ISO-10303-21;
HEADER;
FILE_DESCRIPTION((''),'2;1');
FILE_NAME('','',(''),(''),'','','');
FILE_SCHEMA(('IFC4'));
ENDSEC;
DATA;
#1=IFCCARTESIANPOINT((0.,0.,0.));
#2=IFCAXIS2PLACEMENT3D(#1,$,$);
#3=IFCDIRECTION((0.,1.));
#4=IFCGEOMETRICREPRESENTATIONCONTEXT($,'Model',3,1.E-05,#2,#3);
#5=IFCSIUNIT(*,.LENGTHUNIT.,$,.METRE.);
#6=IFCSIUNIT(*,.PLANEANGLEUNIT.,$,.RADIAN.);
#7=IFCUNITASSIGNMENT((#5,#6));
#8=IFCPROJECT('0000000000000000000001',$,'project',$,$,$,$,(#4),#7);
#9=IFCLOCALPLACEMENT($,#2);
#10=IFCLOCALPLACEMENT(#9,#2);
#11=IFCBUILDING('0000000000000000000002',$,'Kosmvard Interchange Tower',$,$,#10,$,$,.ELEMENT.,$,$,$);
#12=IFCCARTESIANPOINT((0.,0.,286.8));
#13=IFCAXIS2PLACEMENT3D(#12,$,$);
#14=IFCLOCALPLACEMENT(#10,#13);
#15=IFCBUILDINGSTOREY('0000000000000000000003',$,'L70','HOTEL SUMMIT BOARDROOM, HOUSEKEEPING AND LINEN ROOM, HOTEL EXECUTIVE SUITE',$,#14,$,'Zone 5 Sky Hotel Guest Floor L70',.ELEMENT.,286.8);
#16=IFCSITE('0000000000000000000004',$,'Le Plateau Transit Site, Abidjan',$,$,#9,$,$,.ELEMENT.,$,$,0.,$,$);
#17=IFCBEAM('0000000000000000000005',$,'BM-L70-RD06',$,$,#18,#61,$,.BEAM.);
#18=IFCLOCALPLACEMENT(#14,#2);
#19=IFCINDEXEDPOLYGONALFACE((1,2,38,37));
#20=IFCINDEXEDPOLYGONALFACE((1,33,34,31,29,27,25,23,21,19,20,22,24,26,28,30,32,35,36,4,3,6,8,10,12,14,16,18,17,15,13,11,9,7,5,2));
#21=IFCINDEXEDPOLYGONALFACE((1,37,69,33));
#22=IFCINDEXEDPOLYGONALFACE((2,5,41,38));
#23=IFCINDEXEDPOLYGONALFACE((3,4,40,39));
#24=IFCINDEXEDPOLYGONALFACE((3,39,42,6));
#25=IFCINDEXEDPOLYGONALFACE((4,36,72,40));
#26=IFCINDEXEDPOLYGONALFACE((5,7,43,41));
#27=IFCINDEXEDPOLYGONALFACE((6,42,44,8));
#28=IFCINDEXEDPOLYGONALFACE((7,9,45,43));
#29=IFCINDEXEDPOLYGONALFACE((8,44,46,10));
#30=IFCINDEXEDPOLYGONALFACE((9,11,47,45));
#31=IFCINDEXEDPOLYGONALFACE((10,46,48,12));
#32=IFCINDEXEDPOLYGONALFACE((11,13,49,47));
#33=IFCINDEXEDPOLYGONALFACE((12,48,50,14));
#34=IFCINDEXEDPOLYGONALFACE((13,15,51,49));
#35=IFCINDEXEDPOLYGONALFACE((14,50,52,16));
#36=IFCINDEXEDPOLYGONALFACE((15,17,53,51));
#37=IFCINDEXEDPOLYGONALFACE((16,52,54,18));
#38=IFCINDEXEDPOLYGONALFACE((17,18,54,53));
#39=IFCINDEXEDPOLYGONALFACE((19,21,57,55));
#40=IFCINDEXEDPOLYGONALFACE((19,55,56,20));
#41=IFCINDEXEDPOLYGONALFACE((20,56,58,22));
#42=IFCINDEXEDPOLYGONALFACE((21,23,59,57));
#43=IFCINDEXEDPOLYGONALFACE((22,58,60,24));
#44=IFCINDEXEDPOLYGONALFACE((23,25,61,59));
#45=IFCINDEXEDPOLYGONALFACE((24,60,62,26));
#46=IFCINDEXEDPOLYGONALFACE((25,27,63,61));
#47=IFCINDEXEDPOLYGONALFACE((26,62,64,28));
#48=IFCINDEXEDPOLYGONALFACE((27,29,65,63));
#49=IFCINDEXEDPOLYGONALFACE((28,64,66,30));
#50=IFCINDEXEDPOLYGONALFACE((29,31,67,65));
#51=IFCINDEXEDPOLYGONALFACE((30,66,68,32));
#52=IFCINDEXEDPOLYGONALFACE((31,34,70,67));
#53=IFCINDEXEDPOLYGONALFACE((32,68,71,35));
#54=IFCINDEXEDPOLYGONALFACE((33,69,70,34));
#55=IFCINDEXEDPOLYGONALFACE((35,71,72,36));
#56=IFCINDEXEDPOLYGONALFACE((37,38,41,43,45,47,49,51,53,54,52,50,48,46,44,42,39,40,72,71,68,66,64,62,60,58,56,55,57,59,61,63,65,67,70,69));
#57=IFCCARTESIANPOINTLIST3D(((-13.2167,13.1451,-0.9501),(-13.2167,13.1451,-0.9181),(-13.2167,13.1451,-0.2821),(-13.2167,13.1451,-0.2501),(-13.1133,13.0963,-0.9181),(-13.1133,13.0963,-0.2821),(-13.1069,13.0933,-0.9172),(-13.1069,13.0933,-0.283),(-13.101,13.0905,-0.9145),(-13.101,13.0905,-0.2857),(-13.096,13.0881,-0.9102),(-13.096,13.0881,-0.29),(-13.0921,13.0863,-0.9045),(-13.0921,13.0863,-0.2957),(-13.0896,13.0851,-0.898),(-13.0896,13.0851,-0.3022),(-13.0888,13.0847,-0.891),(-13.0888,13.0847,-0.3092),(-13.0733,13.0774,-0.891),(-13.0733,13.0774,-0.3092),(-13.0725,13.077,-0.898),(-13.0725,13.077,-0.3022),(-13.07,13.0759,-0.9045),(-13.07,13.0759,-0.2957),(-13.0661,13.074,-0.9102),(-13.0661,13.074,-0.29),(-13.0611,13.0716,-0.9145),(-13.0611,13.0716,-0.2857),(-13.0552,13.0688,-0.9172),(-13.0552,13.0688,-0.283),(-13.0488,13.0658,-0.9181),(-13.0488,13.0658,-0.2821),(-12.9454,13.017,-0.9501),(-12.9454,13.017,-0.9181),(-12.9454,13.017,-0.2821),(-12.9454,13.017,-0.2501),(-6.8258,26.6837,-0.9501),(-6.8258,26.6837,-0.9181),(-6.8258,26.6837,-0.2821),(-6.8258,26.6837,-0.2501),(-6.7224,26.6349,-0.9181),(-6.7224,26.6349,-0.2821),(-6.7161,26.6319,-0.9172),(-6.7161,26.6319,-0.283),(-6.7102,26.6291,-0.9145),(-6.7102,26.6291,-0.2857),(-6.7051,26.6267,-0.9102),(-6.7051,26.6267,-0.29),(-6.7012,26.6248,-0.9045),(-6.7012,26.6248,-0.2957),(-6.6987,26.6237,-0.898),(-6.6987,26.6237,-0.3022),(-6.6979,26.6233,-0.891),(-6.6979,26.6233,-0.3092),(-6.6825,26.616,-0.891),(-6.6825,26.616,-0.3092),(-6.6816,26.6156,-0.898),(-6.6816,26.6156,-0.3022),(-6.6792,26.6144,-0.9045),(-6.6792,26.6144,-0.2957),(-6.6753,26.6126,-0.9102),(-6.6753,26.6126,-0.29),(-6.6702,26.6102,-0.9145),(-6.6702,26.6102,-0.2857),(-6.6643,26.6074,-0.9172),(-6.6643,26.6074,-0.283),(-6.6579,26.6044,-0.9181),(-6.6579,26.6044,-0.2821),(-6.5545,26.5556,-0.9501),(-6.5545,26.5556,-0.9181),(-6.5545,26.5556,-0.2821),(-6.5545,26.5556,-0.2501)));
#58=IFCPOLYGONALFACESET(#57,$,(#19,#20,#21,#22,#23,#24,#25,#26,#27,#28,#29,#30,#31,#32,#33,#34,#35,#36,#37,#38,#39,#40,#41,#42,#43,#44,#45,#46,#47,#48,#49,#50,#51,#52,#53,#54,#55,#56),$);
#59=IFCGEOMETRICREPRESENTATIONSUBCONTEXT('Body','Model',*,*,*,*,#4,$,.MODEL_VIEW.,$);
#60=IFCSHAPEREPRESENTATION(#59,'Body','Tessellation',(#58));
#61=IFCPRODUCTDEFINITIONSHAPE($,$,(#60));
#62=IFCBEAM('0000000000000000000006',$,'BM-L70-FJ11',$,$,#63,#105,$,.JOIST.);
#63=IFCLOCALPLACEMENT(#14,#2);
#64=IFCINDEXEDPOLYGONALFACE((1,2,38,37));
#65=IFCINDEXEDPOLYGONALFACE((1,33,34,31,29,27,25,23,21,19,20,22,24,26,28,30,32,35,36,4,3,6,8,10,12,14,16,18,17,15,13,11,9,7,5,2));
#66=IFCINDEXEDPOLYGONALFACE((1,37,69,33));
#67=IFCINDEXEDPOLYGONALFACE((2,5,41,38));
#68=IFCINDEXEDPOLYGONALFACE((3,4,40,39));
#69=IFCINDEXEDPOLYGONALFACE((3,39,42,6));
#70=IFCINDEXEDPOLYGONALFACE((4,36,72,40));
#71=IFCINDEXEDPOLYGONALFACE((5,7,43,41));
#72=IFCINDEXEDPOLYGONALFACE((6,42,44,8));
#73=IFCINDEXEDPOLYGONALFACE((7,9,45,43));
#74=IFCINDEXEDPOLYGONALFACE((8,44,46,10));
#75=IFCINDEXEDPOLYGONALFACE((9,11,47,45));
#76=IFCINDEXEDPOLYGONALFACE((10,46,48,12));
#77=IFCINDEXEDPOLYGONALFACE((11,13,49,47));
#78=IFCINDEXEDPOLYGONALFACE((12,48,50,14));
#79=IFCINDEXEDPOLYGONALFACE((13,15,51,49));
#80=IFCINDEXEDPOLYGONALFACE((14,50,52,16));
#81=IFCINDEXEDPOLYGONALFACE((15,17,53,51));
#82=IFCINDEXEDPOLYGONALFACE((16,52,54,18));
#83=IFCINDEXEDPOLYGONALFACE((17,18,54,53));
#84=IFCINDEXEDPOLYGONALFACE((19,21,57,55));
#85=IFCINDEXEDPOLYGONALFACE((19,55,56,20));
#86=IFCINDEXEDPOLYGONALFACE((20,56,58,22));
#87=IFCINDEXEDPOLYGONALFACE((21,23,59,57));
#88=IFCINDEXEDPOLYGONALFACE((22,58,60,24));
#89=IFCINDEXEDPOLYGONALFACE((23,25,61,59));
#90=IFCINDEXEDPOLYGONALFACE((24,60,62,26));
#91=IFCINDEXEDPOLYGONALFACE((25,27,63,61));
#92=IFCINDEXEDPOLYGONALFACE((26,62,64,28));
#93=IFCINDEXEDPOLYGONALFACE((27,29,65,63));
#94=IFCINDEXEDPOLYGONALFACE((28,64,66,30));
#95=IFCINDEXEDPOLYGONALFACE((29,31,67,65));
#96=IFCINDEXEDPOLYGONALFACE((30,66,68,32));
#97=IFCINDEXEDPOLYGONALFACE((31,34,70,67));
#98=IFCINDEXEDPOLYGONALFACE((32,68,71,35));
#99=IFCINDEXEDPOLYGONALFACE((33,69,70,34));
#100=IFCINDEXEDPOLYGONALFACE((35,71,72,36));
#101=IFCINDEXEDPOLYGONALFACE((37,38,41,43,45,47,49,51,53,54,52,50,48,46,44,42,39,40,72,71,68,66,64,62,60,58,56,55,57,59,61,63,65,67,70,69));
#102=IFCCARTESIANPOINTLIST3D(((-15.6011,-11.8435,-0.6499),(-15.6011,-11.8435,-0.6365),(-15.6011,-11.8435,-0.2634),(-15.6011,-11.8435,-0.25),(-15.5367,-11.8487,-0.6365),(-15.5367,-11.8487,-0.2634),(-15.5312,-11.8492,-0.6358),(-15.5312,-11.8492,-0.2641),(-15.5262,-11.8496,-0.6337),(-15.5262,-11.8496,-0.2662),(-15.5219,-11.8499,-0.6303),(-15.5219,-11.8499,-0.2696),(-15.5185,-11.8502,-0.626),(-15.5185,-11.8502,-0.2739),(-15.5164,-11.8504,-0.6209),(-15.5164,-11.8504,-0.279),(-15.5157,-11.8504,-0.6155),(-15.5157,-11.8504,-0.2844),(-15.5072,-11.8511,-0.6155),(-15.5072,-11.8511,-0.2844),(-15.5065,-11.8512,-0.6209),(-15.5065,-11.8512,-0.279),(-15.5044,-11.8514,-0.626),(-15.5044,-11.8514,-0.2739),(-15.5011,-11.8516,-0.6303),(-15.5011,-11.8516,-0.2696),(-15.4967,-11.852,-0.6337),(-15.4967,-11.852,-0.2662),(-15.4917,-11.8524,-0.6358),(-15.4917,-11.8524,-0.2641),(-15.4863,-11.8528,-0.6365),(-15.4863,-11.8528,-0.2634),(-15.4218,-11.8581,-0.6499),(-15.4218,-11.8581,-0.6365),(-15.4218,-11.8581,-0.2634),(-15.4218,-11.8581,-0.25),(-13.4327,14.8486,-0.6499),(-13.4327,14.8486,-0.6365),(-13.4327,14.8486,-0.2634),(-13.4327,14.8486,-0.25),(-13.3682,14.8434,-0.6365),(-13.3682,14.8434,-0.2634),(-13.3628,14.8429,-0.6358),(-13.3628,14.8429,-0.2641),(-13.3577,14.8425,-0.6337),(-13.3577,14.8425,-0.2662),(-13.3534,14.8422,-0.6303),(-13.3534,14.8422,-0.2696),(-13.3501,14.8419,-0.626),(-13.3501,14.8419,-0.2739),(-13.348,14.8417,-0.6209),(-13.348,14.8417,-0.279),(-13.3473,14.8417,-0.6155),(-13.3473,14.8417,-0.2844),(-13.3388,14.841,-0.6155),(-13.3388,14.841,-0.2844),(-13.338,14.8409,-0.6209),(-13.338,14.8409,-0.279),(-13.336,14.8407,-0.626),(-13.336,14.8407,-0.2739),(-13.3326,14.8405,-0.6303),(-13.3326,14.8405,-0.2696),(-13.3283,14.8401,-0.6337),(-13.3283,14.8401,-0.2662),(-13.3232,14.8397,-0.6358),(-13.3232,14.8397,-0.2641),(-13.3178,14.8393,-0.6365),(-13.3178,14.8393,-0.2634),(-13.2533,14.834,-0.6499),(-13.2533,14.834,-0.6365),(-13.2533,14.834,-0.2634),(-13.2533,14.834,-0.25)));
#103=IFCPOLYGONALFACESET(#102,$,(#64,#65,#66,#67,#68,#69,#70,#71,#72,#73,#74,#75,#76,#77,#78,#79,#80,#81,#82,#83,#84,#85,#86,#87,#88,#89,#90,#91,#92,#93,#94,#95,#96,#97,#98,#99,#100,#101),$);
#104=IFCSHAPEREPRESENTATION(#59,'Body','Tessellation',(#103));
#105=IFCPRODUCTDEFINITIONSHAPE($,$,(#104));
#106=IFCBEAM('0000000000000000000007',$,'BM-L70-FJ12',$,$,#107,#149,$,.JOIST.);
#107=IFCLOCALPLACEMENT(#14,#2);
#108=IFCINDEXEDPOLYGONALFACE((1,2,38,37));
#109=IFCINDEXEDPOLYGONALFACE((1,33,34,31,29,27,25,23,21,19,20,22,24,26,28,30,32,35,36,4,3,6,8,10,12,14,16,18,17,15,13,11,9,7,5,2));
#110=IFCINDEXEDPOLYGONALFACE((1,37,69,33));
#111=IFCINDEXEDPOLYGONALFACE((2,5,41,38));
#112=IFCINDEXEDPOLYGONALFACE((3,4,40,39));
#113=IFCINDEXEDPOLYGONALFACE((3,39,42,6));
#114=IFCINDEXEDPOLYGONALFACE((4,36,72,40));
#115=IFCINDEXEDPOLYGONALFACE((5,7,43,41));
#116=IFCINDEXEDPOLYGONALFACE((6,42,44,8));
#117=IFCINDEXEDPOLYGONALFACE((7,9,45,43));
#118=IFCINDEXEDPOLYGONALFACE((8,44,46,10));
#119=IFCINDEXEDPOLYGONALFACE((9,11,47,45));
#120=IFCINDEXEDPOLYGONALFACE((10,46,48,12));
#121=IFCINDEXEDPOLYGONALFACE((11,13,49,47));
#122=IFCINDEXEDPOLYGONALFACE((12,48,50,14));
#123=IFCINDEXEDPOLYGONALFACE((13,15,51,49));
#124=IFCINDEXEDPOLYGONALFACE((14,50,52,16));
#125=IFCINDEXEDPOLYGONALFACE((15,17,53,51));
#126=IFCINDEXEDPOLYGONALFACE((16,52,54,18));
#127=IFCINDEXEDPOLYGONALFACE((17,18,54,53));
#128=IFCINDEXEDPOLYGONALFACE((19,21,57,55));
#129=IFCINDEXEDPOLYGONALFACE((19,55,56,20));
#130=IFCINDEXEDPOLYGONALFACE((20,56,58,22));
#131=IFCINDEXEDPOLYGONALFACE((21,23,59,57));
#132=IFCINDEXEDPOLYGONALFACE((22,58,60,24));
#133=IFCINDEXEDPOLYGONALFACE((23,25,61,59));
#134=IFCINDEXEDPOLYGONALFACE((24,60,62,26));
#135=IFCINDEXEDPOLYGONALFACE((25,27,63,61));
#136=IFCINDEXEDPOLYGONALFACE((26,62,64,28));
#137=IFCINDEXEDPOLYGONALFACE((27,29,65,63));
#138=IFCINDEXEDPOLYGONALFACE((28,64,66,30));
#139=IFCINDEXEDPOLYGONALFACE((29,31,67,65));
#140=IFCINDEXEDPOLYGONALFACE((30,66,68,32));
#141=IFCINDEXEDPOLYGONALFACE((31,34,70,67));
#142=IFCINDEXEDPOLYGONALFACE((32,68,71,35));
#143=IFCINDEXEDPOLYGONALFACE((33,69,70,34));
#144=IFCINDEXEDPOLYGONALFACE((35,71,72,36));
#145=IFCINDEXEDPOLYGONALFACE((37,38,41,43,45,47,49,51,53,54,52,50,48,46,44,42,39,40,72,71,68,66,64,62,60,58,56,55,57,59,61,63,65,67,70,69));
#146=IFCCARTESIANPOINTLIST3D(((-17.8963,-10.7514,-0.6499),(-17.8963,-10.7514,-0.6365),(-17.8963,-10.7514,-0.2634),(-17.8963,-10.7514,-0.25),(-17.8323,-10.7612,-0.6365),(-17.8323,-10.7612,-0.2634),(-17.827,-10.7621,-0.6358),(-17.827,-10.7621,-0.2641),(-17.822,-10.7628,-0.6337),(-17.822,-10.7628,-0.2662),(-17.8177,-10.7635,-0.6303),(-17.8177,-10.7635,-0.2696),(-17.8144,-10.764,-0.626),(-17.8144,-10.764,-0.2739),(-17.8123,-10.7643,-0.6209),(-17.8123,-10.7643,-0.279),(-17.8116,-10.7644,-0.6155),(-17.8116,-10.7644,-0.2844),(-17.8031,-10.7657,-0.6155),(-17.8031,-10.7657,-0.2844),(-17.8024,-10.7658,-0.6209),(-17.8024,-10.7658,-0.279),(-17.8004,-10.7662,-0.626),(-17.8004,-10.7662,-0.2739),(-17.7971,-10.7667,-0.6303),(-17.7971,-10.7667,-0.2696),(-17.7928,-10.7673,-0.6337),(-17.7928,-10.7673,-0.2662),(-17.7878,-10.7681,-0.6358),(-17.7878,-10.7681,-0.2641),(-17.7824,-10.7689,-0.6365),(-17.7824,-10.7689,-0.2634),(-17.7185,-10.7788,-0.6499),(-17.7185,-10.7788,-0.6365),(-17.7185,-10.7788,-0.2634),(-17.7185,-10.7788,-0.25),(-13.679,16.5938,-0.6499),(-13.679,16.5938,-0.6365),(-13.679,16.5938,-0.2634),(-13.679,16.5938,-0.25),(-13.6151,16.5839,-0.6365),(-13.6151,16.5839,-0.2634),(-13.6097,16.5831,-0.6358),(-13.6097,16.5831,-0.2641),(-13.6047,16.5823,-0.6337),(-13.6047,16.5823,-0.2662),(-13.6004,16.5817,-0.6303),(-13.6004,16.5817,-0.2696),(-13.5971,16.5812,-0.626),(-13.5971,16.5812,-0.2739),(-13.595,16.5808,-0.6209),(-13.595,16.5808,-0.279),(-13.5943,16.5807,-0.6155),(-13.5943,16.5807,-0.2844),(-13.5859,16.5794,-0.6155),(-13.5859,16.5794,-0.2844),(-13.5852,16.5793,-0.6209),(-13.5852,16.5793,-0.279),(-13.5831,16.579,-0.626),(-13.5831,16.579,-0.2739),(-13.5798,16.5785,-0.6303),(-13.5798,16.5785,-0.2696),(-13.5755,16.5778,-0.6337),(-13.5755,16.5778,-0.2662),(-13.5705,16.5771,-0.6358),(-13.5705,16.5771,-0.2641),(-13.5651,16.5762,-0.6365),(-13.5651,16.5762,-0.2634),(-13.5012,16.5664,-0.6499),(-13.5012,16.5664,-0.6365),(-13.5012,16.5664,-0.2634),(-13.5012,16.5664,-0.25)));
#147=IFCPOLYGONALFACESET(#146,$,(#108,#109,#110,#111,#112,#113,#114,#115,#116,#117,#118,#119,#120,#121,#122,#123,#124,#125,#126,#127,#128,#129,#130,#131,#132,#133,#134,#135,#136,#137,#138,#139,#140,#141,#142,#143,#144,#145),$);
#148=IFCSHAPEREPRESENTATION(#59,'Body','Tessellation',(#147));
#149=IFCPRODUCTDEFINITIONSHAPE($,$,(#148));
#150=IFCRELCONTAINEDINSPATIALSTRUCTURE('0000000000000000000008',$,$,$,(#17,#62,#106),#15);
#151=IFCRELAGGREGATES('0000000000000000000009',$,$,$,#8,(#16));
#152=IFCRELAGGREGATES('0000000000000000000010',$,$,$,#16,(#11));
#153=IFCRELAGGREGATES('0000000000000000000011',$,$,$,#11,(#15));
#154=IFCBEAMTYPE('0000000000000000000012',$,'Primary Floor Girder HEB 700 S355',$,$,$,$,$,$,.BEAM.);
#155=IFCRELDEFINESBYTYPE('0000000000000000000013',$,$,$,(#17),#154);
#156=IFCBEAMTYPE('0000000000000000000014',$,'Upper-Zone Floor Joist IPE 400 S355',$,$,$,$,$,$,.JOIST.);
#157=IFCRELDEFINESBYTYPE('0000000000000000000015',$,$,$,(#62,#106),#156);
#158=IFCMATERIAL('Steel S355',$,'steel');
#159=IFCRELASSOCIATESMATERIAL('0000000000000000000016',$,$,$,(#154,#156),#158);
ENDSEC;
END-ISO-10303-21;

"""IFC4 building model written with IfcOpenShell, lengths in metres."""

from ifc_helpers import new_model, si_unit, direction, frame, origin, origin_2d, place, context, subcontext, project, spatial, i_section, extrude, source, transform, mapped, material, material_profile, profile_set, type_object, element, save


model = new_model("IFC4")

# Units and contexts
model_context = context("Model", 3, precision=1e-05, world=origin(), true_north=direction((0.0, 1.0)))
body_context = subcontext(model_context, "Body", "Model", "MODEL_VIEW")
ifc_project = project(units=[si_unit("LENGTHUNIT", "METRE"), si_unit("PLANEANGLEUNIT", "RADIAN")], contexts=[model_context])

# Site, building, storey
site_placement = place(None, origin())
site = spatial("IfcSite", under=ifc_project, at=site_placement, Name="Le Plateau Transit Site, Abidjan", CompositionType="ELEMENT", RefElevation=0.0)
building_placement = place(site_placement, origin())
building = spatial("IfcBuilding", under=site, at=building_placement, Name="Kosmvard Interchange Tower", CompositionType="ELEMENT")
storey_placement = place(building_placement, frame((0.0, 0.0, 286.8)))
storey = spatial("IfcBuildingStorey", under=building, at=storey_placement, Name="L70", Description="HOTEL SUMMIT BOARDROOM, HOUSEKEEPING AND LINEN ROOM, HOTEL EXECUTIVE SUITE", LongName="Zone 5 Sky Hotel Guest Floor L70", CompositionType="ELEMENT", Elevation=286.8)

# Beams
ifc_material_1 = material(Name="Steel S355", Category="steel")
ifc_material_profile_1 = material_profile(ifc_material_1, i_section(OverallWidth=0.3, OverallDepth=0.7, WebThickness=0.0171, FlangeThickness=0.032, FilletRadius=0.0271, at=origin_2d()), Name="HEB 700")
ifc_profile_set_1 = profile_set([ifc_material_profile_1], Name="Steel S355")
beam_type_1 = type_object("IfcBeamType", Name="Primary Floor Girder HEB 700 S355", PredefinedType="BEAM", material=ifc_profile_set_1)
shared_shape_1 = source(origin(), body_context, "Body", "SweptSolid", [
    extrude(i_section(OverallWidth=0.3, OverallDepth=0.7, WebThickness=0.0171, FlangeThickness=0.032, FilletRadius=0.0271, at=origin_2d()), origin(), (0.0, 0.0, 1.0), 14.9712),
])
beam_1_placement = place(storey_placement, frame((-13.0811, 13.0811, -0.6001), z_axis=(0.426878, 0.904309, 0.0), x_axis=(-0.904309, 0.426878, 0.0)))
element("IfcBeam", 1, at=beam_1_placement, inside=storey, type_object=beam_type_1, Name="BM-L70-RD06", PredefinedType="BEAM", context=body_context, shape_type="MappedRepresentation", body=[
    mapped(shared_shape_1, transform((0.0, 0.0, 0.0), scale=1.0)),
])
ifc_material_profile_2 = material_profile(ifc_material_1, i_section(OverallWidth=0.1799, OverallDepth=0.3999, WebThickness=0.0085, FlangeThickness=0.0134, FilletRadius=0.021, at=origin_2d()), Name="IPE 400")
ifc_profile_set_2 = profile_set([ifc_material_profile_2], Name="Steel S355")
beam_type_2 = type_object("IfcBeamType", Name="Upper-Zone Floor Joist IPE 400 S355", PredefinedType="JOIST", material=ifc_profile_set_2)
shared_shape_2 = source(origin(), body_context, "Body", "SweptSolid", [
    extrude(i_section(OverallWidth=0.1799, OverallDepth=0.3999, WebThickness=0.0085, FlangeThickness=0.0134, FilletRadius=0.021, at=origin_2d()), origin(), (0.0, 0.0, 1.0), 26.78),
])
beam_2_placement = place(storey_placement, frame((-13.343, 14.8413, -0.45), z_axis=(-0.080973, -0.996716, 0.0), x_axis=(0.996716, -0.080973, 0.0)))
element("IfcBeam", 2, at=beam_2_placement, inside=storey, type_object=beam_type_2, Name="BM-L70-FJ11", PredefinedType="JOIST", context=body_context, shape_type="MappedRepresentation", body=[
    mapped(shared_shape_2, transform((0.0, 0.0, 0.0), scale=1.0)),
])
shared_shape_3 = source(origin(), body_context, "Body", "SweptSolid", [
    extrude(i_section(OverallWidth=0.1799, OverallDepth=0.3999, WebThickness=0.0085, FlangeThickness=0.0134, FilletRadius=0.021, at=origin_2d()), origin(), (0.0, 0.0, 1.0), 27.6685),
])
beam_3_placement = place(storey_placement, frame((-13.5901, 16.5801, -0.45), z_axis=(-0.152422, -0.988316, 0.0), x_axis=(0.988316, -0.152422, 0.0)))
element("IfcBeam", 3, at=beam_3_placement, inside=storey, type_object=beam_type_2, Name="BM-L70-FJ12", PredefinedType="JOIST", context=body_context, shape_type="MappedRepresentation", body=[
    mapped(shared_shape_3, transform((0.0, 0.0, 0.0), scale=1.0)),
])

save(model, "model.ifc")
